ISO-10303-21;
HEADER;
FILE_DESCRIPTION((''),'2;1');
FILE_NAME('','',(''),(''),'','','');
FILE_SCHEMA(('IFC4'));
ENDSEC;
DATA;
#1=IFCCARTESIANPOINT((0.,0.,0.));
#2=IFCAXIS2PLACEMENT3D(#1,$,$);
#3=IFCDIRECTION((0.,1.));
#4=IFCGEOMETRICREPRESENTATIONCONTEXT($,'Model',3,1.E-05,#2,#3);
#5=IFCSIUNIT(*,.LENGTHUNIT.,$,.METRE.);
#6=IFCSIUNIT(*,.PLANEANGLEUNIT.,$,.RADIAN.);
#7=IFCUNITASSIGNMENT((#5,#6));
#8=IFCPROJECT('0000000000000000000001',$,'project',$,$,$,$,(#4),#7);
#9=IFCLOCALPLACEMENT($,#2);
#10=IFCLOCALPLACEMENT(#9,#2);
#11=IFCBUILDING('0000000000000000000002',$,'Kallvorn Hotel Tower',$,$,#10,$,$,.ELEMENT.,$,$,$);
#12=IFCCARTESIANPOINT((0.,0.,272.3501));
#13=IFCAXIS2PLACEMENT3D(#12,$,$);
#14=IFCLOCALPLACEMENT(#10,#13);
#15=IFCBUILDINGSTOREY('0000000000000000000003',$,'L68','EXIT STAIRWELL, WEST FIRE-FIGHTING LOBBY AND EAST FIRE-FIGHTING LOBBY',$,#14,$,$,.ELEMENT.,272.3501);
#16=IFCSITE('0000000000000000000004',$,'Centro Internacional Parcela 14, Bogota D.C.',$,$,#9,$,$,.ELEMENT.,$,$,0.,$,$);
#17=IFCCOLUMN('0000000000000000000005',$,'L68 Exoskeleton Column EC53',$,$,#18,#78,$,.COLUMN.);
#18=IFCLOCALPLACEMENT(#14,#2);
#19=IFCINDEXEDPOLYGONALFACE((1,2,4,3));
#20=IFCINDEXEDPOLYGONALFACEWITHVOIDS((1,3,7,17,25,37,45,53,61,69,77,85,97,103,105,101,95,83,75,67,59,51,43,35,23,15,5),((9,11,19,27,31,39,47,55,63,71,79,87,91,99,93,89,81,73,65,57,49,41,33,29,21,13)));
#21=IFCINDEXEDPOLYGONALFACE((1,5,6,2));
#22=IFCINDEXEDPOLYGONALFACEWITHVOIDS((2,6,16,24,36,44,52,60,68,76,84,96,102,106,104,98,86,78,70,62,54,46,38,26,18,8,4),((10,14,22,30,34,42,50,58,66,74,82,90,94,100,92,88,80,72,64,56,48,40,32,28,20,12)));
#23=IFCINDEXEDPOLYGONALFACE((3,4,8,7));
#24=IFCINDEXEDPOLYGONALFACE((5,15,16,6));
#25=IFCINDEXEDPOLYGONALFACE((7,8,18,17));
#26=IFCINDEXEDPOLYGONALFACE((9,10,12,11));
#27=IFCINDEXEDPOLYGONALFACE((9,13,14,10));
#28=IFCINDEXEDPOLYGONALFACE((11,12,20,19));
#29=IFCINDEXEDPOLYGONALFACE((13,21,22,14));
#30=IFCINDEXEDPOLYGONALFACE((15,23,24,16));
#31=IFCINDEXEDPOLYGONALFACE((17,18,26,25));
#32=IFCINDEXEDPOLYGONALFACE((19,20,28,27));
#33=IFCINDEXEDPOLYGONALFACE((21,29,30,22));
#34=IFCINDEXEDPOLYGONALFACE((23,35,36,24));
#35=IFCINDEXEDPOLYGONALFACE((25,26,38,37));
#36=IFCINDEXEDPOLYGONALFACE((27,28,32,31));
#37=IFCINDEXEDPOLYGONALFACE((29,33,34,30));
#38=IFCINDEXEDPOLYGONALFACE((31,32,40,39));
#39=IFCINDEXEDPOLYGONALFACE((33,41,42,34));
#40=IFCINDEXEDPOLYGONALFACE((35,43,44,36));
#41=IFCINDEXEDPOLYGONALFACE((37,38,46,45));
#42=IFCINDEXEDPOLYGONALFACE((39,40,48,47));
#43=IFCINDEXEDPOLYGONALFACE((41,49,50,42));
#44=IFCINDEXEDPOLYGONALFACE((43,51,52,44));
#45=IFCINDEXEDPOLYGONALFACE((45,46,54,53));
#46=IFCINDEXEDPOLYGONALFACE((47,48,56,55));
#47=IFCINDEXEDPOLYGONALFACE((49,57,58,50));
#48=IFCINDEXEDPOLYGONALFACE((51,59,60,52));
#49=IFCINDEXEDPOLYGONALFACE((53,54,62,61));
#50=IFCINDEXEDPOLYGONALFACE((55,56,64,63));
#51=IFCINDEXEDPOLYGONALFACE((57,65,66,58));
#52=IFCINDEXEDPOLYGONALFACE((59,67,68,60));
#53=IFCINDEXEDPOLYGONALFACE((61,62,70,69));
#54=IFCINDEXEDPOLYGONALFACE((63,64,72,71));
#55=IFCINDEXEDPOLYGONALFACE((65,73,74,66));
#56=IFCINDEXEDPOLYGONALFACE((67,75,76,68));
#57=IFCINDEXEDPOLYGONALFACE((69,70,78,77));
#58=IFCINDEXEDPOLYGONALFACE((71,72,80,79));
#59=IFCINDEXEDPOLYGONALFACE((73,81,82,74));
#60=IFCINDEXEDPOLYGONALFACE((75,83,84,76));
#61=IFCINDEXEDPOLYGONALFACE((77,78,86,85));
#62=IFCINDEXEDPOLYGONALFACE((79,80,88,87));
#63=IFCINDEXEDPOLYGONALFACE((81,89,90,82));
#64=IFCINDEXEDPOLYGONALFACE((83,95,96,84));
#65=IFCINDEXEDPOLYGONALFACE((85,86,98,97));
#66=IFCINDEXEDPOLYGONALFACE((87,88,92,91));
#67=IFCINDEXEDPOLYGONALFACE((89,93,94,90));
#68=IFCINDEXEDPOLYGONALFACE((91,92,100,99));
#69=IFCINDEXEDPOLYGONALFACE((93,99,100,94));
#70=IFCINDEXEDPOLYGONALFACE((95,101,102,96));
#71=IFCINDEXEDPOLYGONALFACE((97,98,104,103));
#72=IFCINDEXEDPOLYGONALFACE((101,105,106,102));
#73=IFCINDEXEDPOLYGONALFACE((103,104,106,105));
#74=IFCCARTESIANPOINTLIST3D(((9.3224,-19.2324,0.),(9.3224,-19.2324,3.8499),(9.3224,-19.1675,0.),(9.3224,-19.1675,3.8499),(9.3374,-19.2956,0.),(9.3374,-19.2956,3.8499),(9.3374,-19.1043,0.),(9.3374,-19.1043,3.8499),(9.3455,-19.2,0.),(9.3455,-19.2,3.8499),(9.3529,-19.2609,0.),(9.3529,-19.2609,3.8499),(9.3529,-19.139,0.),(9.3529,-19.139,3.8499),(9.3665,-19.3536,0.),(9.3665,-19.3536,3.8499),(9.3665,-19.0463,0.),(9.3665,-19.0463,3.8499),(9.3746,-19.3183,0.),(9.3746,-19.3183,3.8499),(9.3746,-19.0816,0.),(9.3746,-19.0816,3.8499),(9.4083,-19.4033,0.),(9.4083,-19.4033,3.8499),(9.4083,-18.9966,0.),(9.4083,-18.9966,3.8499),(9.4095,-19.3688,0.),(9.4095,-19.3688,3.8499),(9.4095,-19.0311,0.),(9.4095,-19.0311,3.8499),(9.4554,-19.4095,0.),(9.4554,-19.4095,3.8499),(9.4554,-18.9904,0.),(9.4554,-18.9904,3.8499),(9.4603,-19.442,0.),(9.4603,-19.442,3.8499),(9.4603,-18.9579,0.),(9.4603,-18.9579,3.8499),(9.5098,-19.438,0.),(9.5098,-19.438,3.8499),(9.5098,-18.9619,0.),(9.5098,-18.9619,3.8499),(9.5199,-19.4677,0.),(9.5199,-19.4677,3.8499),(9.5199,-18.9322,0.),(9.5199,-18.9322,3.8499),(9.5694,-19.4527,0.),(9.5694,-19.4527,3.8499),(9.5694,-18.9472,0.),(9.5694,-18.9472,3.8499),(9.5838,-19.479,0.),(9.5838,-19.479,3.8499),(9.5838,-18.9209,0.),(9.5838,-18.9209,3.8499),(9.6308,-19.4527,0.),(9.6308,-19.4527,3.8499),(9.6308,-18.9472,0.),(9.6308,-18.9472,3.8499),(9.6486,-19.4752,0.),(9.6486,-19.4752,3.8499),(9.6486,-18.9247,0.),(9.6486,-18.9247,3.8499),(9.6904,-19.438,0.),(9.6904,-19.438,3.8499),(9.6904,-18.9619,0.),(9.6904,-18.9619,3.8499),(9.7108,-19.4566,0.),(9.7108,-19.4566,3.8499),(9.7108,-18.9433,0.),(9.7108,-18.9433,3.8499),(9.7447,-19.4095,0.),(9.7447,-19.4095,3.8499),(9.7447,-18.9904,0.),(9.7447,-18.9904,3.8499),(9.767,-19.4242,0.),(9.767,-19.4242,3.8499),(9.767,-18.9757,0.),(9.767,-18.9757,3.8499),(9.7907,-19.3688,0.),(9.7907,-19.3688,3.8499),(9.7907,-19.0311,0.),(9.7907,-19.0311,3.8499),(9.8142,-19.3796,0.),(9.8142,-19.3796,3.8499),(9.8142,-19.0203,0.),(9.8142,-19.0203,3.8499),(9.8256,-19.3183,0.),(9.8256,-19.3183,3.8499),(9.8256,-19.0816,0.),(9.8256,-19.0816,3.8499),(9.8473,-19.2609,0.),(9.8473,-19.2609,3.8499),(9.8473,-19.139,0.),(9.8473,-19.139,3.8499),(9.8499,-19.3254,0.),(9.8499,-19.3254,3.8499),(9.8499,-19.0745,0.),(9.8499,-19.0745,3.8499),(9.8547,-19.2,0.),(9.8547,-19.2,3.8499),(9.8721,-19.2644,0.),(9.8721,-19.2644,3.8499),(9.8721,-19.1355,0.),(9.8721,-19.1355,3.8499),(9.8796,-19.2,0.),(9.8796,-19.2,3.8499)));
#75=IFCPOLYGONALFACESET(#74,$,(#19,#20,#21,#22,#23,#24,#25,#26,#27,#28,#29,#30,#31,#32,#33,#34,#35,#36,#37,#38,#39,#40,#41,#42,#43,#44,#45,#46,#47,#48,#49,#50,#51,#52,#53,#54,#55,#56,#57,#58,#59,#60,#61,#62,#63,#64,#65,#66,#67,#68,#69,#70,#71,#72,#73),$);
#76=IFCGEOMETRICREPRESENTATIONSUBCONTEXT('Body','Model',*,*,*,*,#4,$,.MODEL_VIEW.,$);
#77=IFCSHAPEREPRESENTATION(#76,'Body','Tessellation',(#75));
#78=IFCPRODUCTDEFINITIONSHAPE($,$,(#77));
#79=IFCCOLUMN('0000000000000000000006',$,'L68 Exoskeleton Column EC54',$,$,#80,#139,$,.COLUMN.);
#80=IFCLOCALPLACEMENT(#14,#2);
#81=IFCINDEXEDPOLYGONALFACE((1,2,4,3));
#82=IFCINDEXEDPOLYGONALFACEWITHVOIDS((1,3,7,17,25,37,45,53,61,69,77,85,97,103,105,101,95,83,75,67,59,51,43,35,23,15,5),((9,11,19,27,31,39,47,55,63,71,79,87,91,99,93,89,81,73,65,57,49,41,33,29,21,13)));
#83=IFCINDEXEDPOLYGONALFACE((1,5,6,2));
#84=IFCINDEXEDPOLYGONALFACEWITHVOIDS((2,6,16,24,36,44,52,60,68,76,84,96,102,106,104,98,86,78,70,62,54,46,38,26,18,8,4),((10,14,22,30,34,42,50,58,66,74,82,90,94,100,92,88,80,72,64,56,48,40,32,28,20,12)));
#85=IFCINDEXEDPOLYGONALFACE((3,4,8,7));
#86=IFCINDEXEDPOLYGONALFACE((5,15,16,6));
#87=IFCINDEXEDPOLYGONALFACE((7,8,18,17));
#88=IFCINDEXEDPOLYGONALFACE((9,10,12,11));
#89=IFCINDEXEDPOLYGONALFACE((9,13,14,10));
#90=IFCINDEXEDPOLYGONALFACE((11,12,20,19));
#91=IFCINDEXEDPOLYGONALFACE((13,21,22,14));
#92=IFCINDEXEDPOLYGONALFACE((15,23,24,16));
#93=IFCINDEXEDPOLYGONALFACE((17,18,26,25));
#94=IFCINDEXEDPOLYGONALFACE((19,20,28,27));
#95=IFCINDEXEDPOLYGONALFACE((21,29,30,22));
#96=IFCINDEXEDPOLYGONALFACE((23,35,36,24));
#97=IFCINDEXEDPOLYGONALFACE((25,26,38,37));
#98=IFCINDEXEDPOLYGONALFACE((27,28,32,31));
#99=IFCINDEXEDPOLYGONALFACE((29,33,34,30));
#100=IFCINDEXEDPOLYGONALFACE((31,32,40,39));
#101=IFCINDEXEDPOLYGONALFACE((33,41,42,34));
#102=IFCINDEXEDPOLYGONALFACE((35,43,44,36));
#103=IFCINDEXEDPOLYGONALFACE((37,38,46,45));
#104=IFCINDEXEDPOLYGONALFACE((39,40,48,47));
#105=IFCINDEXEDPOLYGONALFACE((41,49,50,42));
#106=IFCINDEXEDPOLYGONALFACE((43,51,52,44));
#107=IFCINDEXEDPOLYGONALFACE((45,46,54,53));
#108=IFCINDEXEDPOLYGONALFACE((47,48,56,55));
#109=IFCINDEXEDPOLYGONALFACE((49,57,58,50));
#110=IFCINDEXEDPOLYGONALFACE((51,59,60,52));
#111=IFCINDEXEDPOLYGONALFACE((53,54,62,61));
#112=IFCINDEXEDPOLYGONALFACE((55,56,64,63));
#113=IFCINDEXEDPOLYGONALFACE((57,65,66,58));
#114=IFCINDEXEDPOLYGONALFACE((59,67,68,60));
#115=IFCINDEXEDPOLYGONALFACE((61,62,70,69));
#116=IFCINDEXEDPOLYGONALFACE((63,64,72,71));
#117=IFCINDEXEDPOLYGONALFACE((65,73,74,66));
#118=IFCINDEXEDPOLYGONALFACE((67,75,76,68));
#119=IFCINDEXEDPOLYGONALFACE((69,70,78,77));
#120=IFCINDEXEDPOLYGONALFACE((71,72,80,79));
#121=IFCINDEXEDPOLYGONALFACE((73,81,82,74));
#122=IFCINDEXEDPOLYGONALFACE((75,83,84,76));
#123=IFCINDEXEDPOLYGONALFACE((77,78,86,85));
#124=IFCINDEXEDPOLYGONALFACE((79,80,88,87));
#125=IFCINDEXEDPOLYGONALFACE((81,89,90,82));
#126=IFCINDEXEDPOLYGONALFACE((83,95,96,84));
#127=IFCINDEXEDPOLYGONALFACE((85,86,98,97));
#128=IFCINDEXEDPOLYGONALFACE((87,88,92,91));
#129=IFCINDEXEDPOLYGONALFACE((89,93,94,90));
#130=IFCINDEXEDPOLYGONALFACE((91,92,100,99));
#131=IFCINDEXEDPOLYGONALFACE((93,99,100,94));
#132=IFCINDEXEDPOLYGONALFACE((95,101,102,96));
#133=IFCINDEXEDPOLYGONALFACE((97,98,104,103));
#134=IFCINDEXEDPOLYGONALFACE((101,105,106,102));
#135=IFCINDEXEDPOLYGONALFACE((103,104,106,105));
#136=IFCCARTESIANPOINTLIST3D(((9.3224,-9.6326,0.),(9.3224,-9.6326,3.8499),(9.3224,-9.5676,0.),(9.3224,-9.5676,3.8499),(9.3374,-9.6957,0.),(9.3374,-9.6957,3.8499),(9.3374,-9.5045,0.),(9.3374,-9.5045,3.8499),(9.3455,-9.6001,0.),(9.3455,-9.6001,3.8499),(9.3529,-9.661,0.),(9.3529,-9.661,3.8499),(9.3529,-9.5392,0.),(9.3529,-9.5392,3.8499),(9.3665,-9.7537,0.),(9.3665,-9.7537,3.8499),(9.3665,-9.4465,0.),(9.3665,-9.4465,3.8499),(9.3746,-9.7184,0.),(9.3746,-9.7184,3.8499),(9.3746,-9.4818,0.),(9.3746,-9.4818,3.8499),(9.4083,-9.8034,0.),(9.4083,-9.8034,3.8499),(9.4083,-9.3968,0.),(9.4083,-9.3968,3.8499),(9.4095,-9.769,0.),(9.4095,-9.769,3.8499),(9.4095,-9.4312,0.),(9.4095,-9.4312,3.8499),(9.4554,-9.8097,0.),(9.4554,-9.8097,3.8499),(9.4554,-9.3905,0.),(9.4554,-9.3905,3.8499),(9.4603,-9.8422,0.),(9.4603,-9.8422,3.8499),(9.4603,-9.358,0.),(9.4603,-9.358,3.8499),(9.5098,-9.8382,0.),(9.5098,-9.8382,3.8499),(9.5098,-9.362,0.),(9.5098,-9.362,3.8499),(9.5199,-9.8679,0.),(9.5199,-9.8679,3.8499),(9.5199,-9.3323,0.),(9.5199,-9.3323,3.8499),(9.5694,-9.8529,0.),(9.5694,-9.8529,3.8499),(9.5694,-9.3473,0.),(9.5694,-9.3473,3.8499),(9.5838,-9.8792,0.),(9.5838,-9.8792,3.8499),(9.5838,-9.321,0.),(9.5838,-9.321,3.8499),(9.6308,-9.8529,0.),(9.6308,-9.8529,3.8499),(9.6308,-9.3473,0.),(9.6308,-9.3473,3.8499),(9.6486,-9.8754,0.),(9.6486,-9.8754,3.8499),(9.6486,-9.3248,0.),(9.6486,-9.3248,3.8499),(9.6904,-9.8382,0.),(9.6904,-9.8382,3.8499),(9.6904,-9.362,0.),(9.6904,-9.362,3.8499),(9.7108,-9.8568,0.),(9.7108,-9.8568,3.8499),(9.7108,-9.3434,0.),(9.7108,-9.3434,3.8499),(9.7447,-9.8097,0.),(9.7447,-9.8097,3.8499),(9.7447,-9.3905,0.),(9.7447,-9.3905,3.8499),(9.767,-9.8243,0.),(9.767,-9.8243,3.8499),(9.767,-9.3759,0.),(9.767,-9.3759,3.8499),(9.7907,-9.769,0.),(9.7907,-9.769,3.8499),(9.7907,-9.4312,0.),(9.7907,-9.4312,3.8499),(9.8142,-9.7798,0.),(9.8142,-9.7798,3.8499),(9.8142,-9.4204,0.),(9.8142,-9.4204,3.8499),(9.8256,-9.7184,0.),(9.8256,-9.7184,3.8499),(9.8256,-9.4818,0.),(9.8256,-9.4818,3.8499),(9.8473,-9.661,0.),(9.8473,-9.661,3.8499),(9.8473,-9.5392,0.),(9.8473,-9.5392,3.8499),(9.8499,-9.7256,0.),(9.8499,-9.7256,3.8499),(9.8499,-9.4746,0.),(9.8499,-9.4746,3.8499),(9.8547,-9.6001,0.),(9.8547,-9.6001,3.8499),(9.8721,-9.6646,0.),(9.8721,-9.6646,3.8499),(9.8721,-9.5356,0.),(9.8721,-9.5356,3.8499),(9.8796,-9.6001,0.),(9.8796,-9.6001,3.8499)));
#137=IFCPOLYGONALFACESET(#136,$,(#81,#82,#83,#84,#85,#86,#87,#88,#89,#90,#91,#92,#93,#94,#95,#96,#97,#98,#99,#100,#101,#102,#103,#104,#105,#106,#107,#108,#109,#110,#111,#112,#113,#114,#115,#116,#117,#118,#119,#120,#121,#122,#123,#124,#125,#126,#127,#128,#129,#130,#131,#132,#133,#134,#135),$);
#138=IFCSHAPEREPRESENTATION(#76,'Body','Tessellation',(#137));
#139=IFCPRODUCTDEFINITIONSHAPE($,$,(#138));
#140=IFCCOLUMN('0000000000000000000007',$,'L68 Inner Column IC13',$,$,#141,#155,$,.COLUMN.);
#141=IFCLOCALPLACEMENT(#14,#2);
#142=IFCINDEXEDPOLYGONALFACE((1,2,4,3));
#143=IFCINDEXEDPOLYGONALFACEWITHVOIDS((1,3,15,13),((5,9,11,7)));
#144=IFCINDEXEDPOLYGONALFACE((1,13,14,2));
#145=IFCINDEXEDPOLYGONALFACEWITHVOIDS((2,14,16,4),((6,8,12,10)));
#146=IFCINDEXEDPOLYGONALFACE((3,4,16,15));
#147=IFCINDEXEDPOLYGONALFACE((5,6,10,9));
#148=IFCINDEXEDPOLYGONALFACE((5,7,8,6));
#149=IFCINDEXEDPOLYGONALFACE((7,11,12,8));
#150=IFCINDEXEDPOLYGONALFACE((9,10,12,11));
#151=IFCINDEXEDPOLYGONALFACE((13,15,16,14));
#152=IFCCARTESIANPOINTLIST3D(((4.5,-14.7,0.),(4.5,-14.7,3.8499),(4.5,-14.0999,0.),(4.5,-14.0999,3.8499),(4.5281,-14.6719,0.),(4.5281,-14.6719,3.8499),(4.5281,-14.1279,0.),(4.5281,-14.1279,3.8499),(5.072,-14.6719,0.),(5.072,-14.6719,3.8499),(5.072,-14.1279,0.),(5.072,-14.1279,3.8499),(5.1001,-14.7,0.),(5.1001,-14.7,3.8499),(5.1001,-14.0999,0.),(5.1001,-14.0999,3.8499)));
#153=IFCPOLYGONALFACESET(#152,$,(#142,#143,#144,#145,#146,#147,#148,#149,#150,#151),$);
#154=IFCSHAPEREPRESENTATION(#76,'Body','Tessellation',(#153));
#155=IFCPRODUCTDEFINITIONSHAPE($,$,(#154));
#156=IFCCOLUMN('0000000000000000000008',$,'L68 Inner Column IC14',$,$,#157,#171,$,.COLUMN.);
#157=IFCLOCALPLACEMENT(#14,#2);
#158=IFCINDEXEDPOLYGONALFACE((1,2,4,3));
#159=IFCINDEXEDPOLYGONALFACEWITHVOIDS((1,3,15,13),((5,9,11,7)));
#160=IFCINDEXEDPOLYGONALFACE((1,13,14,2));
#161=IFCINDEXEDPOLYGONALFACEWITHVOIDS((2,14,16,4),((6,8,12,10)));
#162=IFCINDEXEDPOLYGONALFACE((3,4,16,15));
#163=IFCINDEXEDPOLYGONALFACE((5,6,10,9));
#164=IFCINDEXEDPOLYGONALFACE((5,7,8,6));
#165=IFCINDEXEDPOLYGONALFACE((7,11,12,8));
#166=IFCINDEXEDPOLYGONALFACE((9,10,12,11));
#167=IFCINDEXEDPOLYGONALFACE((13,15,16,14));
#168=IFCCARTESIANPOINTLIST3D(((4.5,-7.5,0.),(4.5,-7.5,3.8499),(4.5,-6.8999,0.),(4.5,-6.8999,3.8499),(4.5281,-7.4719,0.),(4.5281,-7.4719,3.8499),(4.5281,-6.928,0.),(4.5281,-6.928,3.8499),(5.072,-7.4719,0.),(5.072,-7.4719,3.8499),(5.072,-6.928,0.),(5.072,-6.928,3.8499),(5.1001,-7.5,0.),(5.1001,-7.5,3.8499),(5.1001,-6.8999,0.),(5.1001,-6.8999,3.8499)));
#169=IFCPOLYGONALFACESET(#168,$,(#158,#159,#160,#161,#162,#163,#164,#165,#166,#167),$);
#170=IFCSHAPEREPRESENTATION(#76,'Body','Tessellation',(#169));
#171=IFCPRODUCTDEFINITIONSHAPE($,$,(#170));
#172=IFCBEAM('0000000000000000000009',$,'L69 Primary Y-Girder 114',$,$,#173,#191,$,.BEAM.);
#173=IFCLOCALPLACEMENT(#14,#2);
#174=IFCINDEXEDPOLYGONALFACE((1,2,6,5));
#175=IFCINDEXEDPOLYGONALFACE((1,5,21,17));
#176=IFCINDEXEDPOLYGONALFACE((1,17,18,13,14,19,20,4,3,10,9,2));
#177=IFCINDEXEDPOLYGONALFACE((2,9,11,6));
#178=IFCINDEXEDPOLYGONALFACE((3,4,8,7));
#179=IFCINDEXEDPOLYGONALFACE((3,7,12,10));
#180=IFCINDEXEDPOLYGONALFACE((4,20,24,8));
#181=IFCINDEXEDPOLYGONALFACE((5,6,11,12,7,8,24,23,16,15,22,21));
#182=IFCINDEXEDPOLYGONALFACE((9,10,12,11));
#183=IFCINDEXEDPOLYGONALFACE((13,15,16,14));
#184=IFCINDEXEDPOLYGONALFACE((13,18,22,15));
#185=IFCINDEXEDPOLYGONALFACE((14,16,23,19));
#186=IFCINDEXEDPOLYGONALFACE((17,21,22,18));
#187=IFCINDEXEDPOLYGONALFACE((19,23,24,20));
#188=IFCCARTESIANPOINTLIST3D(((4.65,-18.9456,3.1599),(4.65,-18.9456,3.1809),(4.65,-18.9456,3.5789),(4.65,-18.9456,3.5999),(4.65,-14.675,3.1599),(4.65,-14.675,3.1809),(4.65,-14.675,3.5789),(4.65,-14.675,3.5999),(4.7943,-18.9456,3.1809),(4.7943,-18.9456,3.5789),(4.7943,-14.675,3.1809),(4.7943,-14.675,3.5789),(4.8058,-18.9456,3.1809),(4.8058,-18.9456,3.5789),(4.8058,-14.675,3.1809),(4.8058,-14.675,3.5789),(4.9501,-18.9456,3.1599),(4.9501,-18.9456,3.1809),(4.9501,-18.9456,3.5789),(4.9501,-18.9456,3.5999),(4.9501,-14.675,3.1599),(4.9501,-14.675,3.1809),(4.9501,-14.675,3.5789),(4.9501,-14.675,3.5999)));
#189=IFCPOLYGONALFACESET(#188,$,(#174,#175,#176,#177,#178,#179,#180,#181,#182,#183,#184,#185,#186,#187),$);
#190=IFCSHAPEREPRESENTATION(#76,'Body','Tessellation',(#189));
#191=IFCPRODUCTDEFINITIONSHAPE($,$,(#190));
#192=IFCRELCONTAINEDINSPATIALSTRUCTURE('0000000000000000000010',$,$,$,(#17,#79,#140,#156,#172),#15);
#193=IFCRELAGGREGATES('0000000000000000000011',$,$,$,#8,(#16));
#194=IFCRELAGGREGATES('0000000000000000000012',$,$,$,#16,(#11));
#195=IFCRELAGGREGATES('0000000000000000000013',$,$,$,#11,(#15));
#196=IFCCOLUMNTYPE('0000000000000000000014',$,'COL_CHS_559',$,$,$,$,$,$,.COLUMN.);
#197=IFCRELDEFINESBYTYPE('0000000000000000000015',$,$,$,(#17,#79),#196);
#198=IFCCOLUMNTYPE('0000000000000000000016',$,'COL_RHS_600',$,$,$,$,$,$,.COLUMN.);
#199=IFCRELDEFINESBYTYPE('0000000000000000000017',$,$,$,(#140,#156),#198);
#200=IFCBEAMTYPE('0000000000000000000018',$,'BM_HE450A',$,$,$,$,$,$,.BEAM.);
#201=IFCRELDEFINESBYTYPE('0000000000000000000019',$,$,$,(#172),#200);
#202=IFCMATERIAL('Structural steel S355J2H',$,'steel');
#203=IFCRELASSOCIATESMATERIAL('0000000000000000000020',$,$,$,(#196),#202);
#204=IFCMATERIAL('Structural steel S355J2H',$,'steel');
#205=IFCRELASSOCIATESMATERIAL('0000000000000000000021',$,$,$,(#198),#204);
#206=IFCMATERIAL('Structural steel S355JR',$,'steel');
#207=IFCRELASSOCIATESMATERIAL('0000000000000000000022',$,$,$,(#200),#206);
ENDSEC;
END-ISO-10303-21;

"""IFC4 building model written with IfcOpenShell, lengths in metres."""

from ifc_helpers import new_model, si_unit, direction, frame, origin, origin_2d, place, context, subcontext, project, spatial, hollow_rectangle, hollow_circle, i_section, extrude, material, material_profile, profile_set, type_object, element, save


model = new_model("IFC4")

# Units and contexts
model_context = context("Model", 3, precision=1e-05, world=origin(), true_north=direction((0.0, 1.0)))
body_context = subcontext(model_context, "Body", "Model", "MODEL_VIEW")
ifc_project = project(units=[si_unit("LENGTHUNIT", "METRE"), si_unit("PLANEANGLEUNIT", "RADIAN")], contexts=[model_context])

# Site, building, storey
site_placement = place(None, origin())
site = spatial("IfcSite", under=ifc_project, at=site_placement, Name="Centro Internacional Parcela 14, Bogota D.C.", CompositionType="ELEMENT", RefElevation=0.0)
building_placement = place(site_placement, origin())
building = spatial("IfcBuilding", under=site, at=building_placement, Name="Kallvorn Hotel Tower", CompositionType="ELEMENT")
storey_placement = place(building_placement, frame((0.0, 0.0, 272.3501)))
storey = spatial("IfcBuildingStorey", under=building, at=storey_placement, Name="L68", Description="EXIT STAIRWELL, WEST FIRE-FIGHTING LOBBY AND EAST FIRE-FIGHTING LOBBY", CompositionType="ELEMENT", Elevation=272.3501)

# Columns
ifc_material_1 = material(Name="Structural steel S355J2H", Category="steel")
ifc_material_profile_1 = material_profile(ifc_material_1, hollow_circle(Radius=0.2795, WallThickness=0.0249, at=origin_2d()), Name="CHS 559x25")
ifc_profile_set_1 = profile_set([ifc_material_profile_1], Name="Structural steel S355J2H")
column_type_1 = type_object("IfcColumnType", Name="COL_CHS_559", PredefinedType="COLUMN", material=ifc_profile_set_1)
for number, where, z_axis, x_axis, name in (
    (1, (9.6001, -19.2, 0.0), (0.0, 0.0, 1.0), (1.0, 0.0, 0.0), "L68 Exoskeleton Column EC53"),
    (2, (9.6001, -9.6001, 0.0), (0.0, 0.0, 1.0), (1.0, 0.0, 0.0), "L68 Exoskeleton Column EC54"),
):
    element("IfcColumn", number, at=place(storey_placement, frame(where, z_axis=z_axis, x_axis=x_axis)), inside=storey, type_object=column_type_1, Name=name, PredefinedType="COLUMN", context=body_context, shape_type="SweptSolid", body=[
        extrude(hollow_circle(Radius=0.2795, WallThickness=0.0249, at=origin_2d()), origin(), (0.0, 0.0, 1.0), 3.8499),
    ])
ifc_material_2 = material(Name="Structural steel S355J2H", Category="steel")
ifc_material_profile_2 = material_profile(ifc_material_2, hollow_rectangle(XDim=0.6001, YDim=0.6001, WallThickness=0.0281, at=origin_2d()), Name="RHS 600x600x28")
ifc_profile_set_2 = profile_set([ifc_material_profile_2], Name="Structural steel S355J2H")
column_type_2 = type_object("IfcColumnType", Name="COL_RHS_600", PredefinedType="COLUMN", material=ifc_profile_set_2)
for number, where, z_axis, x_axis, name in (
    (3, (4.8, -14.3999, 0.0), (0.0, 0.0, 1.0), (1.0, 0.0, 0.0), "L68 Inner Column IC13"),
    (4, (4.8, -7.2, 0.0), (0.0, 0.0, 1.0), (1.0, 0.0, 0.0), "L68 Inner Column IC14"),
):
    element("IfcColumn", number, at=place(storey_placement, frame(where, z_axis=z_axis, x_axis=x_axis)), inside=storey, type_object=column_type_2, Name=name, PredefinedType="COLUMN", context=body_context, shape_type="SweptSolid", body=[
        extrude(hollow_rectangle(XDim=0.6001, YDim=0.6001, WallThickness=0.0281, at=origin_2d()), origin(), (0.0, 0.0, 1.0), 3.8499),
    ])

# Beam
ifc_material_3 = material(Name="Structural steel S355JR", Category="steel")
ifc_material_profile_3 = material_profile(ifc_material_3, i_section(OverallWidth=0.3, OverallDepth=0.4399, WebThickness=0.0115, FlangeThickness=0.021, at=origin_2d()), Name="HE 450 A")
ifc_profile_set_3 = profile_set([ifc_material_profile_3], Name="Structural steel S355JR")
beam_type_1 = type_object("IfcBeamType", Name="BM_HE450A", PredefinedType="BEAM", material=ifc_profile_set_3)
beam_1_placement = place(storey_placement, frame((4.8, -18.9456, 3.3799), z_axis=(0.0, 1.0, 0.0), x_axis=(-1.0, 0.0, 0.0)))
element("IfcBeam", 5, at=beam_1_placement, inside=storey, type_object=beam_type_1, Name="L69 Primary Y-Girder 114", PredefinedType="BEAM", context=body_context, shape_type="SweptSolid", body=[
    extrude(i_section(OverallWidth=0.3, OverallDepth=0.4399, WebThickness=0.0115, FlangeThickness=0.021, at=origin_2d()), origin(), (0.0, 0.0, 1.0), 4.2705),
])

save(model, "model.ifc")
